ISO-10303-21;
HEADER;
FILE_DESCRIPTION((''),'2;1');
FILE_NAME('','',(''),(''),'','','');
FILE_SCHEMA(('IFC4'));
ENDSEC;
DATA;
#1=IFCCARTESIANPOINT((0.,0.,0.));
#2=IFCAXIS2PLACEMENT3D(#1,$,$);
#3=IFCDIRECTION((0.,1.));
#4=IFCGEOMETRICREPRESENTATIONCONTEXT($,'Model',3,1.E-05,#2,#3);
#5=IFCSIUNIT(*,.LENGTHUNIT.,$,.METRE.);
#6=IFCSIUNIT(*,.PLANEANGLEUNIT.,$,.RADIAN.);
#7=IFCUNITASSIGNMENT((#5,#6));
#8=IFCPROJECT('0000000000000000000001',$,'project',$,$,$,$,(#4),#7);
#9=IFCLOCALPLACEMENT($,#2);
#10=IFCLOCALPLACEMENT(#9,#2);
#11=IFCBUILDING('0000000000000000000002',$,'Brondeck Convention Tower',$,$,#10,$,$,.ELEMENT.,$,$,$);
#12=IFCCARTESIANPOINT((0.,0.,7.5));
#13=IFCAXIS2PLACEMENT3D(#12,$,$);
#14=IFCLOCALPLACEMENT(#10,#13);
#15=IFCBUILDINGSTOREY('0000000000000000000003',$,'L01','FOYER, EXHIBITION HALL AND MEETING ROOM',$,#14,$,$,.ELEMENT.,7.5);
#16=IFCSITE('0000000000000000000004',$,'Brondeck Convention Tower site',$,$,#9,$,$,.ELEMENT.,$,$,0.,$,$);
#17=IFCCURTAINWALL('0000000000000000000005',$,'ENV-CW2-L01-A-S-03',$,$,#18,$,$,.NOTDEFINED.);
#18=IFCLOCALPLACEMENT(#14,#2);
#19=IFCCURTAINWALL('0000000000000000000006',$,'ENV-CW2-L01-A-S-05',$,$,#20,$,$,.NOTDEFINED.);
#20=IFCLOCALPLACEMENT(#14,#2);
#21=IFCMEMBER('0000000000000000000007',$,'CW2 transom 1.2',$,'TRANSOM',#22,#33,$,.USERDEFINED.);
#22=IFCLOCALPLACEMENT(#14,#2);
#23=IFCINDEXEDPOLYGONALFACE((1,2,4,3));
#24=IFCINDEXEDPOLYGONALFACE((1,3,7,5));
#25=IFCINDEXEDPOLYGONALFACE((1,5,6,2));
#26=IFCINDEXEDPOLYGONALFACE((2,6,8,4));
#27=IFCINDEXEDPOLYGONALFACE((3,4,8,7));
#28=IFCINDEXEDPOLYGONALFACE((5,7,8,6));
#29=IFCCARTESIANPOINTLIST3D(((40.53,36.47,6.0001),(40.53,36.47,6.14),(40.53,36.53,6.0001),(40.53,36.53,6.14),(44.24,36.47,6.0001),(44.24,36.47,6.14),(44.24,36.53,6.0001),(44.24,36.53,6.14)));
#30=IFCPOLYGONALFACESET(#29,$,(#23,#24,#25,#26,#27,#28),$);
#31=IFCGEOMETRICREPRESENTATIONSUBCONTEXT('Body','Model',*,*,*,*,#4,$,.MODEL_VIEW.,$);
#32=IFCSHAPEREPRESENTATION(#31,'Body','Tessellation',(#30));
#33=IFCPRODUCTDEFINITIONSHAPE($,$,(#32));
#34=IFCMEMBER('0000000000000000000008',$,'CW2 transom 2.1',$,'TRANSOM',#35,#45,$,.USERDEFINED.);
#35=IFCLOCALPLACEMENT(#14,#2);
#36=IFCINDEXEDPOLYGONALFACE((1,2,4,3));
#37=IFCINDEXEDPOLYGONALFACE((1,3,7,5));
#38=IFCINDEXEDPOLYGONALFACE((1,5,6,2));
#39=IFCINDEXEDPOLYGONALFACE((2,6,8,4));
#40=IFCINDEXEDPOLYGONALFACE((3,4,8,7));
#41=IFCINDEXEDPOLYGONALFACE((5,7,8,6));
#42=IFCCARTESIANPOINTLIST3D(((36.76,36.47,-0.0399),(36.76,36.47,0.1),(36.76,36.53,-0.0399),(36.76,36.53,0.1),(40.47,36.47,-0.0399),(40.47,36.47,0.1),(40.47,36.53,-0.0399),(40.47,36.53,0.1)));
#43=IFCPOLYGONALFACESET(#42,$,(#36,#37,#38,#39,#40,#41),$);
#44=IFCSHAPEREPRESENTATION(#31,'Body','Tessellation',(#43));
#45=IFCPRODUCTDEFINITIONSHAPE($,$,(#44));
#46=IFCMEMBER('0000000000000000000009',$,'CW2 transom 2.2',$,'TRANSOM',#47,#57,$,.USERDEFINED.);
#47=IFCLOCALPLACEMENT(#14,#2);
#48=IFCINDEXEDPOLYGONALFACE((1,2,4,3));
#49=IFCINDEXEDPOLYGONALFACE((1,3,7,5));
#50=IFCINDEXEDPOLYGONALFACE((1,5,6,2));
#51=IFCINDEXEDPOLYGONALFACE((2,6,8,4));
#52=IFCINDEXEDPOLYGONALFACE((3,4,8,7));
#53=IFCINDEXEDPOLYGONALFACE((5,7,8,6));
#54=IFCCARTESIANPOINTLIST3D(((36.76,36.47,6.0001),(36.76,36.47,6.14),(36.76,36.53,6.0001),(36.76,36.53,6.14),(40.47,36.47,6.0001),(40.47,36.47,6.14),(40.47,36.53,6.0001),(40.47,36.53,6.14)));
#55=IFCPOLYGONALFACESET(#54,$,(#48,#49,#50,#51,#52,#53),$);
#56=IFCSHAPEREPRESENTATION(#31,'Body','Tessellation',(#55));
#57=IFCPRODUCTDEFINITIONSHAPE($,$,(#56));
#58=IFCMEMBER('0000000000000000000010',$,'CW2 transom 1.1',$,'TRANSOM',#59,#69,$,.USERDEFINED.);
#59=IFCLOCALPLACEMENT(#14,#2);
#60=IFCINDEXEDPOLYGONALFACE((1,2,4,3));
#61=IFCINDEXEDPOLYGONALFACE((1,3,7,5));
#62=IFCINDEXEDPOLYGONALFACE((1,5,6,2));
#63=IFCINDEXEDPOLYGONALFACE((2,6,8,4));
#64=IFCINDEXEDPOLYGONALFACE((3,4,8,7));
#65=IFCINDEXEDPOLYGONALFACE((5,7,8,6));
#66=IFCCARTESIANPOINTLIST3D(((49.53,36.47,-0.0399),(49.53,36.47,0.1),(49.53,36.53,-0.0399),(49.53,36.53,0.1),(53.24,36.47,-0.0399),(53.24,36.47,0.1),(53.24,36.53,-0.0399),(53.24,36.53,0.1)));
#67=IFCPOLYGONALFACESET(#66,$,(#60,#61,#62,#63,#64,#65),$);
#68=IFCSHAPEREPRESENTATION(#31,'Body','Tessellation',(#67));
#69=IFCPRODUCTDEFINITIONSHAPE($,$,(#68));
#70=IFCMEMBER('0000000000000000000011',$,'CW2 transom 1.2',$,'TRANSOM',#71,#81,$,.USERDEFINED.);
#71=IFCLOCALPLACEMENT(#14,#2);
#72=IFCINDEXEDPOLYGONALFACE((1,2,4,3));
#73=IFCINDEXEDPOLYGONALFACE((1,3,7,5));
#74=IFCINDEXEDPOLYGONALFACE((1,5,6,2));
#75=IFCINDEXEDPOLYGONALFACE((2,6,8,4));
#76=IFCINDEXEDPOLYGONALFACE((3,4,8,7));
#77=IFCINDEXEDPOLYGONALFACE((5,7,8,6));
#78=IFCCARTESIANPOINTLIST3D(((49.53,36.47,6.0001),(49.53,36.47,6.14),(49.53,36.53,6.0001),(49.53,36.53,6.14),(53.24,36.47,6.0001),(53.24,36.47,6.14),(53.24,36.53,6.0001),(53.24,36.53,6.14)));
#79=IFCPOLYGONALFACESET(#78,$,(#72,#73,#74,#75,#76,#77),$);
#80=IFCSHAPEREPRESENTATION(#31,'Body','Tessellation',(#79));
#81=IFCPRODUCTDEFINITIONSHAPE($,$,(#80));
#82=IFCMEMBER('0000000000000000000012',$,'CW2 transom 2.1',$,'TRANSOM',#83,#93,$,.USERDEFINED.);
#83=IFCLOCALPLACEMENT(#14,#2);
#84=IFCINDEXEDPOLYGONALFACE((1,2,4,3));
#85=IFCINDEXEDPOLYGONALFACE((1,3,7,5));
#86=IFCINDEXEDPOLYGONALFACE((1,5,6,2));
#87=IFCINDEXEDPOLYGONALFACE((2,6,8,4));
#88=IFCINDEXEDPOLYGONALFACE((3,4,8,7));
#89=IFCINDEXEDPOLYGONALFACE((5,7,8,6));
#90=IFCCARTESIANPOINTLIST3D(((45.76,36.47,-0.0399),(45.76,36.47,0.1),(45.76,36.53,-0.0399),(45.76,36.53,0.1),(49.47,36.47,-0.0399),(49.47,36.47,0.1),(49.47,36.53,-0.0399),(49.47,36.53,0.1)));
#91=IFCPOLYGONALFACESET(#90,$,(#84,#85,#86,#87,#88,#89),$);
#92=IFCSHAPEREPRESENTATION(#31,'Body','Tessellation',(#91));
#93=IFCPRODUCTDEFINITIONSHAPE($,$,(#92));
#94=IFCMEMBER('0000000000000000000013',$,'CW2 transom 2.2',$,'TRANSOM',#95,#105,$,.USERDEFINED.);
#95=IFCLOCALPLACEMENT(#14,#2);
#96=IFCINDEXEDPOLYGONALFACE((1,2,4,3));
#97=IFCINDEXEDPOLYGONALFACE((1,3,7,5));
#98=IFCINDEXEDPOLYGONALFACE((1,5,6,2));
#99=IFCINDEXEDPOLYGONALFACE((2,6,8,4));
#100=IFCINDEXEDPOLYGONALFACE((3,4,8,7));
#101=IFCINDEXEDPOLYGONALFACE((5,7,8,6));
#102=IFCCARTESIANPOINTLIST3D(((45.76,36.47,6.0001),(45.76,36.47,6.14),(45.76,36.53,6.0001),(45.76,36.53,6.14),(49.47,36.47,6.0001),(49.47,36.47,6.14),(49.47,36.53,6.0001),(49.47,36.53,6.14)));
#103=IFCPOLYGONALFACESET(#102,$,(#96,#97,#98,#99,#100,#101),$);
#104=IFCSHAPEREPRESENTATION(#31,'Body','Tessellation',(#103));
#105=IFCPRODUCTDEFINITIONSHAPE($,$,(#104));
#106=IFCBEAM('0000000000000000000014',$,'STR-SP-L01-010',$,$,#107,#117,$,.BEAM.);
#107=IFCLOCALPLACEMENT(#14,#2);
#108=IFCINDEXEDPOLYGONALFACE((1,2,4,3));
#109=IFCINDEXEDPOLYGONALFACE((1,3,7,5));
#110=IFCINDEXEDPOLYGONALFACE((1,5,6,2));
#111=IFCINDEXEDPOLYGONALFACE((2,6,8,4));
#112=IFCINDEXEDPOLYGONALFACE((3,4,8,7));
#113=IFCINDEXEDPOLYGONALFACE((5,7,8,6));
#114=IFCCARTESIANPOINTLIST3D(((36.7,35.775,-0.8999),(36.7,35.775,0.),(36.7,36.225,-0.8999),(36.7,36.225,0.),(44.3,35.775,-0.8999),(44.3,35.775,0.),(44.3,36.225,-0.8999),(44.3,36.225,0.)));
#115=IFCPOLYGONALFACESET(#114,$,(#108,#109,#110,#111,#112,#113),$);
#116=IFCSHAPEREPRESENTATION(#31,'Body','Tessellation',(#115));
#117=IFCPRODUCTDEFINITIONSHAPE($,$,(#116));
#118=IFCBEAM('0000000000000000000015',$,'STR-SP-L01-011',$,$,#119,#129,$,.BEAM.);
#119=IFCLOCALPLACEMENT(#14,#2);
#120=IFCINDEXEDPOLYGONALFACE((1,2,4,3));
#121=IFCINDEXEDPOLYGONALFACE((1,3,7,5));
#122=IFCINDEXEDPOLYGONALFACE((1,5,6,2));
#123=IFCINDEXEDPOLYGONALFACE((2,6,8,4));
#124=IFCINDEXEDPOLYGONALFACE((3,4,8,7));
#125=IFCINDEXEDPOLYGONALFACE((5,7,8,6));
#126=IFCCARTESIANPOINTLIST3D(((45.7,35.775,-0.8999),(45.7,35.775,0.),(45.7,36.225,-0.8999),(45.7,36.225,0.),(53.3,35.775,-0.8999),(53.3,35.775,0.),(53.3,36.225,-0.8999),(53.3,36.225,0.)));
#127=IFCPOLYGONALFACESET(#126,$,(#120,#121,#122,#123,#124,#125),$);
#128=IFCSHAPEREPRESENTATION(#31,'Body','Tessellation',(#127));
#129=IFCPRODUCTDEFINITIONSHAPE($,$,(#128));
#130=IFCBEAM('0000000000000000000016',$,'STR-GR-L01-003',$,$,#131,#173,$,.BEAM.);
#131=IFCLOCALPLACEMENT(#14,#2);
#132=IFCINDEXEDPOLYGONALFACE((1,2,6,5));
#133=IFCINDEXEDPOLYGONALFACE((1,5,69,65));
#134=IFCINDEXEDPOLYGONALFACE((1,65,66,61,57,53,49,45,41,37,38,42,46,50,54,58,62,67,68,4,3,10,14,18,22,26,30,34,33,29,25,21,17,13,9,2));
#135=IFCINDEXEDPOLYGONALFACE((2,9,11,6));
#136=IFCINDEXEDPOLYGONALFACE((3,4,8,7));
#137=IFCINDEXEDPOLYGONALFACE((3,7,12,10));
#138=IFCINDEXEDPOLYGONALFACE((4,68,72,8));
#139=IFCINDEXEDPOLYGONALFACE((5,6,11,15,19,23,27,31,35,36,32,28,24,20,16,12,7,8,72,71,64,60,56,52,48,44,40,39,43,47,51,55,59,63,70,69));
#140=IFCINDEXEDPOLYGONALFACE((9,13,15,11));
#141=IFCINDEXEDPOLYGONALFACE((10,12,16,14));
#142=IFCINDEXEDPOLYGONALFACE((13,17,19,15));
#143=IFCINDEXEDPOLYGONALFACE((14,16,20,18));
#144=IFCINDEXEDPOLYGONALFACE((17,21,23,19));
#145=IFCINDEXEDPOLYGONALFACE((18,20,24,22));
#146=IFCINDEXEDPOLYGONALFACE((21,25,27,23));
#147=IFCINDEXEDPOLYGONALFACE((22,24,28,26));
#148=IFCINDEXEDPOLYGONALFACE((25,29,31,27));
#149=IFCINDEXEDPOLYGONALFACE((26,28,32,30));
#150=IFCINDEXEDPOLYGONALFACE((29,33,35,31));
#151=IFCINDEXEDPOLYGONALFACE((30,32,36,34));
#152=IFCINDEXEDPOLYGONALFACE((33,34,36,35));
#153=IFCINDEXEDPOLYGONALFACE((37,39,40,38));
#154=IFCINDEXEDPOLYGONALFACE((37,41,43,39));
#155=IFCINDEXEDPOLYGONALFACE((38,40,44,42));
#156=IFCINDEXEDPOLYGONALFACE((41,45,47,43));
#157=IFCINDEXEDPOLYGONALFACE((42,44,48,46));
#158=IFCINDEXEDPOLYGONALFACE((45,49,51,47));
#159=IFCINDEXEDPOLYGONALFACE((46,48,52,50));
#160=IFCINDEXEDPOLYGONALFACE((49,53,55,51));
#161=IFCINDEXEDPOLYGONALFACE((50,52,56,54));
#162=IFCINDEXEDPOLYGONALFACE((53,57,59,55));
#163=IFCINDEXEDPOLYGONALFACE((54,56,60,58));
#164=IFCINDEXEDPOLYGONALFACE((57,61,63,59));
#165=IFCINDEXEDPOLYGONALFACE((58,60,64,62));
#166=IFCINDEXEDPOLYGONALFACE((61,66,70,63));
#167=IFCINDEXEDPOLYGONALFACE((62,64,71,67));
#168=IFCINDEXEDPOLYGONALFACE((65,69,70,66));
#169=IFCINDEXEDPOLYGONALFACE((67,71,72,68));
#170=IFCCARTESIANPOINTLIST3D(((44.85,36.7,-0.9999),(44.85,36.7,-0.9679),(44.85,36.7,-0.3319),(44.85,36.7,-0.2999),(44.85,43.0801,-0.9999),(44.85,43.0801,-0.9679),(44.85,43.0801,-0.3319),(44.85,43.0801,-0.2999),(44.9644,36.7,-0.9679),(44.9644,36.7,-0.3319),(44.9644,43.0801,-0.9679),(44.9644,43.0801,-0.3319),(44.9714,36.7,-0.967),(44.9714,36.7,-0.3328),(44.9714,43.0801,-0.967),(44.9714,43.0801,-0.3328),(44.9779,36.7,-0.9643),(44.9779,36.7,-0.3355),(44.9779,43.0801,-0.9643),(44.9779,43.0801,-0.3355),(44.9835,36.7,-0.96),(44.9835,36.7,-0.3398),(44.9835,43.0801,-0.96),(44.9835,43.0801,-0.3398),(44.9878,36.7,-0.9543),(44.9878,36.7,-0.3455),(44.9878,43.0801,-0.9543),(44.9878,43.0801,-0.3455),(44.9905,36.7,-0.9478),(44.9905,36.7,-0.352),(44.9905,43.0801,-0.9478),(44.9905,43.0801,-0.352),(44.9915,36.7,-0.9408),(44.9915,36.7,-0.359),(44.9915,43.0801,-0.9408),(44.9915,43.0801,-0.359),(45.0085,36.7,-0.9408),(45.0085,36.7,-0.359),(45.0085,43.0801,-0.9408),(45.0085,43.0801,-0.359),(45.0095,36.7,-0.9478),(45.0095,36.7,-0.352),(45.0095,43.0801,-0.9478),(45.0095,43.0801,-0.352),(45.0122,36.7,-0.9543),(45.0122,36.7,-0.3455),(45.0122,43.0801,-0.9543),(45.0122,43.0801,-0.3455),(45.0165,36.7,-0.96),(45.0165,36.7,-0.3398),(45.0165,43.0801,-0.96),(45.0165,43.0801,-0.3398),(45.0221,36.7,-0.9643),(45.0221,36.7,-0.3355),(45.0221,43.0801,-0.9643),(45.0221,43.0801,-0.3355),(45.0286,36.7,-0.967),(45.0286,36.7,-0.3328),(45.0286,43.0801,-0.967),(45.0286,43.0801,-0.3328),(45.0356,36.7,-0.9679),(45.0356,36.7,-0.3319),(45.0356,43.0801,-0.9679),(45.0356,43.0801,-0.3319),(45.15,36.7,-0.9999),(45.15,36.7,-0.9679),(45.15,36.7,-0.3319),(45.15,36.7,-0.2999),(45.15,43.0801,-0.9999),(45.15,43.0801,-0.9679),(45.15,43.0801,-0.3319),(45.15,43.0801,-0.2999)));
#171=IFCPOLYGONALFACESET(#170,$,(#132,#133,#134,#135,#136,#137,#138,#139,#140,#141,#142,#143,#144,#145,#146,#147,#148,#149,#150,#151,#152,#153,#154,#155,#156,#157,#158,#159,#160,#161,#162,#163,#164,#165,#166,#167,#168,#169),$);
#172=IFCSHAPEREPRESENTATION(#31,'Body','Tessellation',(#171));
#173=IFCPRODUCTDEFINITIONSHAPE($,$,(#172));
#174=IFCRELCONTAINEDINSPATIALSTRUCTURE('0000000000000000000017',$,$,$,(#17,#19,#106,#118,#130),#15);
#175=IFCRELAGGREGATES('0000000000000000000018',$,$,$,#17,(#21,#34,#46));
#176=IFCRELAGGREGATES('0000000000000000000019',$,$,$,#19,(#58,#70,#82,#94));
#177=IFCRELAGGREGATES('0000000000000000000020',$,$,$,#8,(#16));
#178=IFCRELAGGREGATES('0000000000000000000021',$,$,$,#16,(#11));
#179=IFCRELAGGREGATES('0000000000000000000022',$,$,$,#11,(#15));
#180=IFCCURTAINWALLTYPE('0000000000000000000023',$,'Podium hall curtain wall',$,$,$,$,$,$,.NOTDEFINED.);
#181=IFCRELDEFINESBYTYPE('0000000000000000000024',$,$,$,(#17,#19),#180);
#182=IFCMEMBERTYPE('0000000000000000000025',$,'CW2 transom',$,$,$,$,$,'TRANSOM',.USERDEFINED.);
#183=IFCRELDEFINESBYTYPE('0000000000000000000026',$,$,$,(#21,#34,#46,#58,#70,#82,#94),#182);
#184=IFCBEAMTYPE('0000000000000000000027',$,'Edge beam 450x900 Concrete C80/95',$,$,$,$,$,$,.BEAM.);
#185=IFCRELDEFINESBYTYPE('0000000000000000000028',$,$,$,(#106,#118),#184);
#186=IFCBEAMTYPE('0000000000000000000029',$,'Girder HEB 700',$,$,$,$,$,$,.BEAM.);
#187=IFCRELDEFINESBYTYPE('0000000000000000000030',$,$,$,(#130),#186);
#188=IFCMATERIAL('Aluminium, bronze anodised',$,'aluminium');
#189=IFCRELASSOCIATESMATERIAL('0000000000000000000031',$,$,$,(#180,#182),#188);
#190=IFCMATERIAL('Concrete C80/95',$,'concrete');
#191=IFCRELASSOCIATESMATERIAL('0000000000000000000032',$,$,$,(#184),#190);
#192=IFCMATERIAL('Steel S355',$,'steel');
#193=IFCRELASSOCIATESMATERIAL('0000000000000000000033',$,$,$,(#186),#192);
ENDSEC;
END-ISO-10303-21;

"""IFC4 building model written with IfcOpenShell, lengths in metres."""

from ifc_helpers import new_model, si_unit, direction, frame, origin, origin_2d, place, context, subcontext, project, spatial, rectangle, i_section, extrude, material, material_profile, profile_set, type_object, element, aggregate, save


model = new_model("IFC4")

# Units and contexts
model_context = context("Model", 3, precision=1e-05, world=origin(), true_north=direction((0.0, 1.0)))
body_context = subcontext(model_context, "Body", "Model", "MODEL_VIEW")
ifc_project = project(units=[si_unit("LENGTHUNIT", "METRE"), si_unit("PLANEANGLEUNIT", "RADIAN")], contexts=[model_context])

# Site, building, storey
site_placement = place(None, origin())
site = spatial("IfcSite", under=ifc_project, at=site_placement, Name="Brondeck Convention Tower site", CompositionType="ELEMENT", RefElevation=0.0)
building_placement = place(site_placement, origin())
building = spatial("IfcBuilding", under=site, at=building_placement, Name="Brondeck Convention Tower", CompositionType="ELEMENT")
storey_placement = place(building_placement, frame((0.0, 0.0, 7.5)))
storey = spatial("IfcBuildingStorey", under=building, at=storey_placement, Name="L01", Description="FOYER, EXHIBITION HALL AND MEETING ROOM", CompositionType="ELEMENT", Elevation=7.5)

# Shared definitions
ifc_material_1 = material(Name="Concrete C80/95", Category="concrete")

# Curtain walls
ifc_material_2 = material(Name="Aluminium, bronze anodised", Category="aluminium")
curtain_wall_type = type_object("IfcCurtainWallType", Name="Podium hall curtain wall", PredefinedType="NOTDEFINED", material=ifc_material_2)
curtain_wall_1_placement = place(storey_placement, origin())
curtain_wall_1 = element("IfcCurtainWall", 1, at=curtain_wall_1_placement, inside=storey, type_object=curtain_wall_type, Name="ENV-CW2-L01-A-S-03", PredefinedType="NOTDEFINED")
curtain_wall_2_placement = place(storey_placement, origin())
curtain_wall_2 = element("IfcCurtainWall", 2, at=curtain_wall_2_placement, inside=storey, type_object=curtain_wall_type, Name="ENV-CW2-L01-A-S-05", PredefinedType="NOTDEFINED")

# Members
ifc_material_profile_1 = material_profile(ifc_material_2, rectangle(XDim=0.0601, YDim=0.1399, at=origin_2d()), Name="CW2 transom")
ifc_profile_set_1 = profile_set([ifc_material_profile_1], Name="Aluminium, bronze anodised")
member_type_1 = type_object("IfcMemberType", Name="CW2 transom", ElementType="TRANSOM", PredefinedType="USERDEFINED", material=ifc_profile_set_1)
member_1_placement = place(storey_placement, frame((44.24, 36.5, 6.0701), z_axis=(-1.0, 0.0, 0.0), x_axis=(0.0, -1.0, 0.0)))
member_1 = element("IfcMember", 3, at=member_1_placement, type_object=member_type_1, Name="CW2 transom 1.2", ObjectType="TRANSOM", PredefinedType="USERDEFINED", context=body_context, shape_type="SweptSolid", body=[
    extrude(rectangle(XDim=0.0601, YDim=0.1399, at=origin_2d()), origin(), (0.0, 0.0, 1.0), 3.71),
])
member_2_placement = place(storey_placement, frame((40.47, 36.5, 0.03), z_axis=(-1.0, 0.0, 0.0), x_axis=(0.0, -1.0, 0.0)))
member_2 = element("IfcMember", 4, at=member_2_placement, type_object=member_type_1, Name="CW2 transom 2.1", ObjectType="TRANSOM", PredefinedType="USERDEFINED", context=body_context, shape_type="SweptSolid", body=[
    extrude(rectangle(XDim=0.0601, YDim=0.1399, at=origin_2d()), origin(), (0.0, 0.0, 1.0), 3.71),
])
member_3_placement = place(storey_placement, frame((40.47, 36.5, 6.0701), z_axis=(-1.0, 0.0, 0.0), x_axis=(0.0, -1.0, 0.0)))
member_3 = element("IfcMember", 5, at=member_3_placement, type_object=member_type_1, Name="CW2 transom 2.2", ObjectType="TRANSOM", PredefinedType="USERDEFINED", context=body_context, shape_type="SweptSolid", body=[
    extrude(rectangle(XDim=0.0601, YDim=0.1399, at=origin_2d()), origin(), (0.0, 0.0, 1.0), 3.71),
])
member_4_placement = place(storey_placement, frame((53.24, 36.5, 0.03), z_axis=(-1.0, 0.0, 0.0), x_axis=(0.0, -1.0, 0.0)))
member_4 = element("IfcMember", 6, at=member_4_placement, type_object=member_type_1, Name="CW2 transom 1.1", ObjectType="TRANSOM", PredefinedType="USERDEFINED", context=body_context, shape_type="SweptSolid", body=[
    extrude(rectangle(XDim=0.0601, YDim=0.1399, at=origin_2d()), origin(), (0.0, 0.0, 1.0), 3.71),
])
member_5_placement = place(storey_placement, frame((53.24, 36.5, 6.0701), z_axis=(-1.0, 0.0, 0.0), x_axis=(0.0, -1.0, 0.0)))
member_5 = element("IfcMember", 7, at=member_5_placement, type_object=member_type_1, Name="CW2 transom 1.2", ObjectType="TRANSOM", PredefinedType="USERDEFINED", context=body_context, shape_type="SweptSolid", body=[
    extrude(rectangle(XDim=0.0601, YDim=0.1399, at=origin_2d()), origin(), (0.0, 0.0, 1.0), 3.71),
])
member_6_placement = place(storey_placement, frame((49.47, 36.5, 0.03), z_axis=(-1.0, 0.0, 0.0), x_axis=(0.0, -1.0, 0.0)))
member_6 = element("IfcMember", 8, at=member_6_placement, type_object=member_type_1, Name="CW2 transom 2.1", ObjectType="TRANSOM", PredefinedType="USERDEFINED", context=body_context, shape_type="SweptSolid", body=[
    extrude(rectangle(XDim=0.0601, YDim=0.1399, at=origin_2d()), origin(), (0.0, 0.0, 1.0), 3.71),
])
member_7_placement = place(storey_placement, frame((49.47, 36.5, 6.0701), z_axis=(-1.0, 0.0, 0.0), x_axis=(0.0, -1.0, 0.0)))
member_7 = element("IfcMember", 9, at=member_7_placement, type_object=member_type_1, Name="CW2 transom 2.2", ObjectType="TRANSOM", PredefinedType="USERDEFINED", context=body_context, shape_type="SweptSolid", body=[
    extrude(rectangle(XDim=0.0601, YDim=0.1399, at=origin_2d()), origin(), (0.0, 0.0, 1.0), 3.71),
])

# Beams
ifc_material_profile_2 = material_profile(ifc_material_1, rectangle(XDim=0.45, YDim=0.8999, at=origin_2d()), Name="Edge beam 450x900 Concrete C80/95")
ifc_profile_set_2 = profile_set([ifc_material_profile_2], Name="Concrete C80/95")
beam_type_1 = type_object("IfcBeamType", Name="Edge beam 450x900 Concrete C80/95", PredefinedType="BEAM", material=ifc_profile_set_2)
for number, where, z_axis, x_axis, name in (
    (10, (36.7, 36.0, -0.45), (1.0, 0.0, 0.0), (0.0, 1.0, 0.0), "STR-SP-L01-010"),
    (11, (45.7, 36.0, -0.45), (1.0, 0.0, 0.0), (0.0, 1.0, 0.0), "STR-SP-L01-011"),
):
    element("IfcBeam", number, at=place(storey_placement, frame(where, z_axis=z_axis, x_axis=x_axis)), inside=storey, type_object=beam_type_1, Name=name, PredefinedType="BEAM", context=body_context, shape_type="SweptSolid", body=[
        extrude(rectangle(XDim=0.45, YDim=0.8999, at=origin_2d()), origin(), (0.0, 0.0, 1.0), 7.6001),
    ])
ifc_material_3 = material(Name="Steel S355", Category="steel")
ifc_material_profile_3 = material_profile(ifc_material_3, i_section(OverallWidth=0.3, OverallDepth=0.7, WebThickness=0.0171, FlangeThickness=0.032, FilletRadius=0.0271, at=origin_2d()), Name="HEB 700")
ifc_profile_set_3 = profile_set([ifc_material_profile_3], Name="Steel S355")
beam_type_2 = type_object("IfcBeamType", Name="Girder HEB 700", PredefinedType="BEAM", material=ifc_profile_set_3)
beam_1_placement = place(storey_placement, frame((45.0, 36.7, -0.6499), z_axis=(0.0, 1.0, 0.0), x_axis=(-1.0, 0.0, 0.0)))
element("IfcBeam", 12, at=beam_1_placement, inside=storey, type_object=beam_type_2, Name="STR-GR-L01-003", PredefinedType="BEAM", context=body_context, shape_type="SweptSolid", body=[
    extrude(i_section(OverallWidth=0.3, OverallDepth=0.7, WebThickness=0.0171, FlangeThickness=0.032, FilletRadius=0.0271, at=origin_2d()), origin(), (0.0, 0.0, 1.0), 6.3801),
])

aggregate(curtain_wall_1, [member_1, member_2, member_3])
aggregate(curtain_wall_2, [member_4, member_5, member_6, member_7])

save(model, "model.ifc")
